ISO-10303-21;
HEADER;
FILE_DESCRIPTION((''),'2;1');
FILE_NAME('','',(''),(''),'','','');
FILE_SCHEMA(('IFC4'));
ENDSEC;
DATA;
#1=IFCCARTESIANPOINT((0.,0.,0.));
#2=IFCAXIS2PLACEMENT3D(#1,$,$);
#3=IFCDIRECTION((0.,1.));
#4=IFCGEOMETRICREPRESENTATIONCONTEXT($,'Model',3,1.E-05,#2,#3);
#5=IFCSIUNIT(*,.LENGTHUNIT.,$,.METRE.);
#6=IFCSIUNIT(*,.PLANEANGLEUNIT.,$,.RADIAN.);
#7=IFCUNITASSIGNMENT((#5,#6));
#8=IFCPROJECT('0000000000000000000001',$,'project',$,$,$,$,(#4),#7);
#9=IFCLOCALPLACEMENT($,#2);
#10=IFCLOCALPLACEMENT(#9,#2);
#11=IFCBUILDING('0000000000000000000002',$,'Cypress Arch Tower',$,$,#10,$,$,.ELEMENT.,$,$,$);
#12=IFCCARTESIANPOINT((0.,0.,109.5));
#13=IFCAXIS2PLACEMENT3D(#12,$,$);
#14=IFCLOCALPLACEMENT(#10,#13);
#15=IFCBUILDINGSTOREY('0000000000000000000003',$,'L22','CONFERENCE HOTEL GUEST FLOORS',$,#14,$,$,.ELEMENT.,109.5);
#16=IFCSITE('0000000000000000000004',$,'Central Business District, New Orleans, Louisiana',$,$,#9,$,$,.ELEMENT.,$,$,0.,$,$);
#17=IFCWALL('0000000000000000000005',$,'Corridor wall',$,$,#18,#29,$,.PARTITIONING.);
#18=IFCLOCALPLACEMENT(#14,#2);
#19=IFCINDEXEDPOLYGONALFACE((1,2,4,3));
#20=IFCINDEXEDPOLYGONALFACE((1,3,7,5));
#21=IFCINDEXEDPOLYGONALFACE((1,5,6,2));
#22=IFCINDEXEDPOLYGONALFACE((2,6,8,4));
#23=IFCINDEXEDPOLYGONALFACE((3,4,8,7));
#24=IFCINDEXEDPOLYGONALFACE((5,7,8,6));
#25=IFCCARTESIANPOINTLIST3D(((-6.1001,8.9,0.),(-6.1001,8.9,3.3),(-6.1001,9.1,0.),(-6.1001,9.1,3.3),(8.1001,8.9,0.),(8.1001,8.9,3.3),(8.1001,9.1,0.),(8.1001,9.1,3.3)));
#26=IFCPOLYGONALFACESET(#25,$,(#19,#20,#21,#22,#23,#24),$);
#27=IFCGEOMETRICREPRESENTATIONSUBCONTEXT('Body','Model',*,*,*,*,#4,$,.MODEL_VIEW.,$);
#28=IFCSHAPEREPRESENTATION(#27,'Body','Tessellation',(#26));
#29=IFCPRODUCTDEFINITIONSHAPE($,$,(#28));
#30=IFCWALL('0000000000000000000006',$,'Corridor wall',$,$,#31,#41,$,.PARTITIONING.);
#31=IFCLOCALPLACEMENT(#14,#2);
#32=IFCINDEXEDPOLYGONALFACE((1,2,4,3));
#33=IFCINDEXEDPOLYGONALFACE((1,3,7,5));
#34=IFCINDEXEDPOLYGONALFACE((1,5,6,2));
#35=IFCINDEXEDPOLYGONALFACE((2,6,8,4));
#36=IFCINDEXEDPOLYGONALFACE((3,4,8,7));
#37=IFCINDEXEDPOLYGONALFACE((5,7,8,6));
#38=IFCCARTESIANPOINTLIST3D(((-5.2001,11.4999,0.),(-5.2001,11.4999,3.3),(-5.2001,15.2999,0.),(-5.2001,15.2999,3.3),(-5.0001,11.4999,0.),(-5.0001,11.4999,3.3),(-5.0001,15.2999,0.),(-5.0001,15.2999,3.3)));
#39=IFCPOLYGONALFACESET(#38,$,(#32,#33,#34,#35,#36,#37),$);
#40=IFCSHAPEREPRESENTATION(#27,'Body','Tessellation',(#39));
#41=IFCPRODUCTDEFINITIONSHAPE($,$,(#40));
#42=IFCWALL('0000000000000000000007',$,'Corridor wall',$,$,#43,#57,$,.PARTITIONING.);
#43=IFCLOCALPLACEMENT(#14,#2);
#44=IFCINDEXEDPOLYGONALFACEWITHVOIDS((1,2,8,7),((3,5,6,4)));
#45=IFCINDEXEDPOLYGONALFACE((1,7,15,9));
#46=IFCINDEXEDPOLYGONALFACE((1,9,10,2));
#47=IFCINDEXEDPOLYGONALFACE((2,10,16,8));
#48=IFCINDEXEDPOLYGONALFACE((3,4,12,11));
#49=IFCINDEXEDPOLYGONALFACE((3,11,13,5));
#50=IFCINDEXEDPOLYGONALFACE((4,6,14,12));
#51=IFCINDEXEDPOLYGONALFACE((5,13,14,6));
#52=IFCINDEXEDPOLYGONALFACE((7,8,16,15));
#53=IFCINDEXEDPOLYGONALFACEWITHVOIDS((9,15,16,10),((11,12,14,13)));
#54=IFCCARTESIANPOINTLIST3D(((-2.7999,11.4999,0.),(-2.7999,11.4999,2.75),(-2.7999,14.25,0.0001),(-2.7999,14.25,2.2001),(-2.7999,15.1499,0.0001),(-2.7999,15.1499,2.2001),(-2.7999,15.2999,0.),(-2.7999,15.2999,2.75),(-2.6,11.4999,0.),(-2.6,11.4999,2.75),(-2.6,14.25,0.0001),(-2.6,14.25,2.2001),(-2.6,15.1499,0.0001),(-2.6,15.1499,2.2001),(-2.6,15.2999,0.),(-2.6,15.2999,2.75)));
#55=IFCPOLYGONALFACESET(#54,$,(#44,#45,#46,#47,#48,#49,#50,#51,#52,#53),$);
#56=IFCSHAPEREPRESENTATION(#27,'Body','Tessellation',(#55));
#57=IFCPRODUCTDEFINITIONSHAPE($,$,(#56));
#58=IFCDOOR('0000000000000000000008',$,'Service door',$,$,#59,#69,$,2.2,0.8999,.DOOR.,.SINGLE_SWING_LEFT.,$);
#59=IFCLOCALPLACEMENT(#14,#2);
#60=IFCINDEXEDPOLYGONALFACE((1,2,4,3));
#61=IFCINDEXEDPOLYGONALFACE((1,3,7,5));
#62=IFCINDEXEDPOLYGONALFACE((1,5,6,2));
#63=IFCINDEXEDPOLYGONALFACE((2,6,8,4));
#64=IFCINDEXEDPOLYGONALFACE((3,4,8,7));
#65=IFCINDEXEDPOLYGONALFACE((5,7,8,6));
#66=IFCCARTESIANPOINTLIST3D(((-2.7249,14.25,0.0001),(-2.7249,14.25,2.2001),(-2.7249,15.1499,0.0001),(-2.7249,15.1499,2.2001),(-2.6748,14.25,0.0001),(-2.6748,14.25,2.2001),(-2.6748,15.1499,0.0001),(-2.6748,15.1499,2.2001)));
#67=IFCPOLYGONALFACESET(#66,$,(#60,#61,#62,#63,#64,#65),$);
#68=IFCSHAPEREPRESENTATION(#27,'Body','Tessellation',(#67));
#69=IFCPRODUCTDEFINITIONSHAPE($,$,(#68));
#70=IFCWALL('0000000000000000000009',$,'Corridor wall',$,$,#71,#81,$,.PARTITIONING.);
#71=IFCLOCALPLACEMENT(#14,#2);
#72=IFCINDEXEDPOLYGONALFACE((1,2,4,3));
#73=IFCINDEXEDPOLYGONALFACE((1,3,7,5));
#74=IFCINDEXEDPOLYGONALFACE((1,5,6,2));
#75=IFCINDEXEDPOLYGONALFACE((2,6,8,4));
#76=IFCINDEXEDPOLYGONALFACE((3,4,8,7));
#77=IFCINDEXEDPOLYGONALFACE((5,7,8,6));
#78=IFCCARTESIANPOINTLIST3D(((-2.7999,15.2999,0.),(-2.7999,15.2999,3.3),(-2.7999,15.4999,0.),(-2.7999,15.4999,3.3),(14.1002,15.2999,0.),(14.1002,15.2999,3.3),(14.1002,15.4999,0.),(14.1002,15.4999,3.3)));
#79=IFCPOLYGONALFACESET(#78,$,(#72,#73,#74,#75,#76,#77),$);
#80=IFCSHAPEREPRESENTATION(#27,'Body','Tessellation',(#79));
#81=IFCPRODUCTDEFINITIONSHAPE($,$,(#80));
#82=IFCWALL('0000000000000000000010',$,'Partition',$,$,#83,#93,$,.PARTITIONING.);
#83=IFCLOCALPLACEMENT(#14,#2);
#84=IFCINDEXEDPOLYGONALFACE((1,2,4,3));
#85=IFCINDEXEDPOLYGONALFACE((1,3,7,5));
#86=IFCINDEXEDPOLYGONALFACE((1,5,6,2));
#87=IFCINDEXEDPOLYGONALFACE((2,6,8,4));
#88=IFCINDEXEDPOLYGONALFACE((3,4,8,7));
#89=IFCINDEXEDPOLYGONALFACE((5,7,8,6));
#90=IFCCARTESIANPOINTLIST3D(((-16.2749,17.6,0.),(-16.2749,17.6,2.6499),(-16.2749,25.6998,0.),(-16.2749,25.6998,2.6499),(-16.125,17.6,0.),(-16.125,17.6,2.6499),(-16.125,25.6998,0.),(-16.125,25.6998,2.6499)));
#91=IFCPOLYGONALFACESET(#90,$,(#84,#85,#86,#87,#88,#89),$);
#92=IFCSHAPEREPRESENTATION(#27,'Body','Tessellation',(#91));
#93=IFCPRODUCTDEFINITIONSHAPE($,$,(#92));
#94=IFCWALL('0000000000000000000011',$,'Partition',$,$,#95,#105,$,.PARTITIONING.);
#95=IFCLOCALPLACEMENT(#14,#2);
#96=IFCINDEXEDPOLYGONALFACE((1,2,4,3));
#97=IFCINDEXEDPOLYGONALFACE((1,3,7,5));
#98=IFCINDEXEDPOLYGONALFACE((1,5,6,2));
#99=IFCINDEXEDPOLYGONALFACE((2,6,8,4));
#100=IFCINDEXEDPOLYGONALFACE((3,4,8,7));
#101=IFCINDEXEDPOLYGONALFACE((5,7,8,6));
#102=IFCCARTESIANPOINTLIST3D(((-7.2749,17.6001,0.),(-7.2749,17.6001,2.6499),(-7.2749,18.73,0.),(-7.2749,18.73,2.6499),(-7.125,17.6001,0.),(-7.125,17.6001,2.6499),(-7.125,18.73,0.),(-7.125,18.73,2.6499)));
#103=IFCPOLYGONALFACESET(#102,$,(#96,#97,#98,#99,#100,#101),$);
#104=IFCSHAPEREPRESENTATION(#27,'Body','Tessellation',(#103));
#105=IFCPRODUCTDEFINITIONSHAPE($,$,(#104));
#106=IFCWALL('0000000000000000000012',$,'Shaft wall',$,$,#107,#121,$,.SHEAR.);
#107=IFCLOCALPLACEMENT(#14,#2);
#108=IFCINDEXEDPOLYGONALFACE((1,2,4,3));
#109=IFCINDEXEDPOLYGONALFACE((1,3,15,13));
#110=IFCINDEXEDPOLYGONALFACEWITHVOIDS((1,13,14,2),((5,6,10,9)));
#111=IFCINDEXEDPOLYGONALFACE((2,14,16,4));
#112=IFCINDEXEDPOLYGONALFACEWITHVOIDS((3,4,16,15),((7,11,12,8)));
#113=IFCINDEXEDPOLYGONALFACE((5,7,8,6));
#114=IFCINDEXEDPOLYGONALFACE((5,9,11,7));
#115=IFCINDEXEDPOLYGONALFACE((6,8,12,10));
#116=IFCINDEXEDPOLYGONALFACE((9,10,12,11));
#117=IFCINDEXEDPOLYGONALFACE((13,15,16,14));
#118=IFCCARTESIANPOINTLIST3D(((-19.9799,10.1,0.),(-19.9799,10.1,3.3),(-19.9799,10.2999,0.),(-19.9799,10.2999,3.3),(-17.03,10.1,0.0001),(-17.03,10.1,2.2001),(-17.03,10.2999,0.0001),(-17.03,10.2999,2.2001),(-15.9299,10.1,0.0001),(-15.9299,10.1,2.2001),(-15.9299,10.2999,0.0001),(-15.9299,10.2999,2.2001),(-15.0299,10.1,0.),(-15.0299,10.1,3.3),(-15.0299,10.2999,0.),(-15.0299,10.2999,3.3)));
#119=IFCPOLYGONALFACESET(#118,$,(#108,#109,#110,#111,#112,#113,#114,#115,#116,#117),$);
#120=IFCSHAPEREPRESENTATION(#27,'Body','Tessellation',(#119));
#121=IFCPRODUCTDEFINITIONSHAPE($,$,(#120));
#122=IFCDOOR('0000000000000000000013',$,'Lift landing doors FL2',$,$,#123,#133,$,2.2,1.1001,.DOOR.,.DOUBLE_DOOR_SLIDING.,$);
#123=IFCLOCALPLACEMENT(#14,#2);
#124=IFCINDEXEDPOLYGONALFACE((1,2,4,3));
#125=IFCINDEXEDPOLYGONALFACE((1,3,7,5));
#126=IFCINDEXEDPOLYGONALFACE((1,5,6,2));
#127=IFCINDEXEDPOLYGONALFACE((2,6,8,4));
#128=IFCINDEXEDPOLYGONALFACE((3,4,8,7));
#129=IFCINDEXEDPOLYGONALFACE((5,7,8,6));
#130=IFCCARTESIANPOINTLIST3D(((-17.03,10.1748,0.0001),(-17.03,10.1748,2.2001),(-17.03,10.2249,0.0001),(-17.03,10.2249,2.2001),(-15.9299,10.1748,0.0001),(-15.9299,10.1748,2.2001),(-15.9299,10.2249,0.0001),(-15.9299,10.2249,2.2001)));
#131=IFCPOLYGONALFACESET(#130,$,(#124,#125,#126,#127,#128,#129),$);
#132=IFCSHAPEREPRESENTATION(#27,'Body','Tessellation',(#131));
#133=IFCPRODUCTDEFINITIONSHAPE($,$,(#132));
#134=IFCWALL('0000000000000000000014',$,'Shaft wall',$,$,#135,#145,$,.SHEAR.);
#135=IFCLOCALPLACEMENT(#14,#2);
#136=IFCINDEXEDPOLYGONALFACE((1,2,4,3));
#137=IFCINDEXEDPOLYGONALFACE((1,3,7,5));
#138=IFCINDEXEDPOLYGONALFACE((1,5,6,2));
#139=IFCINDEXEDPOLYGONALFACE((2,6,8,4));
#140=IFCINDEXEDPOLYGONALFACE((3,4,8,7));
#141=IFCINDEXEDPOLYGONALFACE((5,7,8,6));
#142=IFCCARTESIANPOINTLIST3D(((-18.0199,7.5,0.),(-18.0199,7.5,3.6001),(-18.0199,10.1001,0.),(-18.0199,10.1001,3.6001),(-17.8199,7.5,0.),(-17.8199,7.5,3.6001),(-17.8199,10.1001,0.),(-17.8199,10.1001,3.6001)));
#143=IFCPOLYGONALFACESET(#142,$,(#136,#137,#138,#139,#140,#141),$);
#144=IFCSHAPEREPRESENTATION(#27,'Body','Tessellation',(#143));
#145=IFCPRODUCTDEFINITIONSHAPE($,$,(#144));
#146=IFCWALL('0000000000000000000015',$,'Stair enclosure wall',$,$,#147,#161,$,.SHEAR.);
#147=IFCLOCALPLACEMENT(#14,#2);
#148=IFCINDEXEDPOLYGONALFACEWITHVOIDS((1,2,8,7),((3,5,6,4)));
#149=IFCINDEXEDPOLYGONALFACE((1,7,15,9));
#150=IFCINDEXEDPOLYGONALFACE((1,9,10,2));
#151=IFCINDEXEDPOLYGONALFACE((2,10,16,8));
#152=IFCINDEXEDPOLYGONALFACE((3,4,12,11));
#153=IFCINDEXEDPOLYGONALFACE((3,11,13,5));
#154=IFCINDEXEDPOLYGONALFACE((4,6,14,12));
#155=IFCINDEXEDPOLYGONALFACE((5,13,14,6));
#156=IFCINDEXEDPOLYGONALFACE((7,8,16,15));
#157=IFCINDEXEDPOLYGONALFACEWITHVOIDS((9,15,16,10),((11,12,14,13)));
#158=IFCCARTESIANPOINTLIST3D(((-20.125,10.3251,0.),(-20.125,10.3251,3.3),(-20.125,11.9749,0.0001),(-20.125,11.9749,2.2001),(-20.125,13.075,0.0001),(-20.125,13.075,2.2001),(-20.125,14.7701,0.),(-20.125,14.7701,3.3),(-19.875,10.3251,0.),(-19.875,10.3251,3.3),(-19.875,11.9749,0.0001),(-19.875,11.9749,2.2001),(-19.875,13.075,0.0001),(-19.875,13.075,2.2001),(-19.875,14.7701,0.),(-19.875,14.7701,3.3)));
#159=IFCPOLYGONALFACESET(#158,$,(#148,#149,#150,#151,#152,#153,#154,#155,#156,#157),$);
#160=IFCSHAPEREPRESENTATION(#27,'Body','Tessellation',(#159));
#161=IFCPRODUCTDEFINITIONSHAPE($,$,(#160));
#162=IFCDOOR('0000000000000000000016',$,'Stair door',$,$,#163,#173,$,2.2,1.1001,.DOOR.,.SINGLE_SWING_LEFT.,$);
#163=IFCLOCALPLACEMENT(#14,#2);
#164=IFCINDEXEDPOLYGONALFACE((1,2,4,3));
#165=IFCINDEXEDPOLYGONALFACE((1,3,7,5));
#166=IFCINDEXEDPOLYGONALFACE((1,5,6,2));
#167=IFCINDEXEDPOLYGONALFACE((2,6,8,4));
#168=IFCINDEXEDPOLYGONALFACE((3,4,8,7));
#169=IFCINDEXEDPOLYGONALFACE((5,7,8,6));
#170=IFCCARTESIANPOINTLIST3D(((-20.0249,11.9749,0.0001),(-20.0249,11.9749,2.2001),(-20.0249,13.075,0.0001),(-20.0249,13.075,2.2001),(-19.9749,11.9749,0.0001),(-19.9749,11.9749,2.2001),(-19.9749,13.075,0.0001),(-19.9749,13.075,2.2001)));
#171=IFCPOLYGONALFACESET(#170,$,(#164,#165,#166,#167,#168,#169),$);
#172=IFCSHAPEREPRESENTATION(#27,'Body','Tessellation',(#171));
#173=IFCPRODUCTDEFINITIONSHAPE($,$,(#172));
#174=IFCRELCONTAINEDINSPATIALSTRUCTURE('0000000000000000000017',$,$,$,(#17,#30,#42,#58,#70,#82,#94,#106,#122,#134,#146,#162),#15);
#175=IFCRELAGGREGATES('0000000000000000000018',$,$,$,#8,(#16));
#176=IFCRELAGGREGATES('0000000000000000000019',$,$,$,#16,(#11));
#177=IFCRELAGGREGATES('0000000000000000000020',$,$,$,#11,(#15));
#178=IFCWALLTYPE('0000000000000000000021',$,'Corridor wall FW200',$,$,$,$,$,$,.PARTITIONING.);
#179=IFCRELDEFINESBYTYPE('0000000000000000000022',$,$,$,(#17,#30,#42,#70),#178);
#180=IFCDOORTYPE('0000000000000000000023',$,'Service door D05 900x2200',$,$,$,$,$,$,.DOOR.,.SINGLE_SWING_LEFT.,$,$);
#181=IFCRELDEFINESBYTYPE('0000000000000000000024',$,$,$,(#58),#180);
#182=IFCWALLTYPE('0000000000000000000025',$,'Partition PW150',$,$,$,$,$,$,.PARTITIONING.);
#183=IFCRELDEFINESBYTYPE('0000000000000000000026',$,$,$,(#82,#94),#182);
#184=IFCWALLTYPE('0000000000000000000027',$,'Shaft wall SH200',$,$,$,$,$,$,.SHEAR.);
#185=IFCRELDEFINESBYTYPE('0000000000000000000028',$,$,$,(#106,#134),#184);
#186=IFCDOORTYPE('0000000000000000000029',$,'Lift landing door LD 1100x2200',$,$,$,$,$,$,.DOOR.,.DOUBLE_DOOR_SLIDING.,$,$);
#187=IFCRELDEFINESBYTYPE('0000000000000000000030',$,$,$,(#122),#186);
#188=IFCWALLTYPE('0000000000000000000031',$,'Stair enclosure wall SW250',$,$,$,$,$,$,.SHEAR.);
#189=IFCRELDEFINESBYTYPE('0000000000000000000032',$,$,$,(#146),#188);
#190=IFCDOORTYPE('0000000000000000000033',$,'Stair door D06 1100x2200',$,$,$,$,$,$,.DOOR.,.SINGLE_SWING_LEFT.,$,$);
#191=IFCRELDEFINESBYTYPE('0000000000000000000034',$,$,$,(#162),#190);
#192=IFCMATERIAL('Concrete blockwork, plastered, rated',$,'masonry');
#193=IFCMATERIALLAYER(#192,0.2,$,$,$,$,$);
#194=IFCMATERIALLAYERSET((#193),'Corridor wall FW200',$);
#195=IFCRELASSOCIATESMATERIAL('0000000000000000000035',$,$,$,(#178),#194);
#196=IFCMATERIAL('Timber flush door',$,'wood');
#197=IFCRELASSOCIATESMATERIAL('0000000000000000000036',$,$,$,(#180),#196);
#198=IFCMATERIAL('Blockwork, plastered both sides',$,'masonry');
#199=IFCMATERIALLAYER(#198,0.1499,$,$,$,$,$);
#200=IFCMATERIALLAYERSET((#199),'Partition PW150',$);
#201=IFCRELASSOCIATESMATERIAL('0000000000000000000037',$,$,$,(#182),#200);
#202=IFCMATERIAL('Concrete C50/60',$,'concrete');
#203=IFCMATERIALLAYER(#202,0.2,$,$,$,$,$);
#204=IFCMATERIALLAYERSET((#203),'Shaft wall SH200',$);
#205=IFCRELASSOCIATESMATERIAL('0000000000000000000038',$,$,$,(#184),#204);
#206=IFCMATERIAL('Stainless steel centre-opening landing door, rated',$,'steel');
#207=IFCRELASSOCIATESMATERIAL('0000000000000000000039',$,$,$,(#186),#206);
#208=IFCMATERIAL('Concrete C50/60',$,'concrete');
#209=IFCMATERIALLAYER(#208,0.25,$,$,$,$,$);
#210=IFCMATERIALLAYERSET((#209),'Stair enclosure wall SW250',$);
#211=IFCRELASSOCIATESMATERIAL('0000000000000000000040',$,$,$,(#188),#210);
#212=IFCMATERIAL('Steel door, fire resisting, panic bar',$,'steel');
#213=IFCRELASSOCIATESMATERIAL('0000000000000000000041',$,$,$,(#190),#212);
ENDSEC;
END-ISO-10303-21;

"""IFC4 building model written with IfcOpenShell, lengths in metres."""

from ifc_helpers import new_model, si_unit, direction, frame, frame_2d, origin, place, context, subcontext, project, spatial, rectangle, extrude, material, layer, layer_set, type_object, element, fill, save


model = new_model("IFC4")

# Units and contexts
model_context = context("Model", 3, precision=1e-05, world=origin(), true_north=direction((0.0, 1.0)))
body_context = subcontext(model_context, "Body", "Model", "MODEL_VIEW")
ifc_project = project(units=[si_unit("LENGTHUNIT", "METRE"), si_unit("PLANEANGLEUNIT", "RADIAN")], contexts=[model_context])

# Site, building, storey
site_placement = place(None, origin())
site = spatial("IfcSite", under=ifc_project, at=site_placement, Name="Central Business District, New Orleans, Louisiana", CompositionType="ELEMENT", RefElevation=0.0)
building_placement = place(site_placement, origin())
building = spatial("IfcBuilding", under=site, at=building_placement, Name="Cypress Arch Tower", CompositionType="ELEMENT")
storey_placement = place(building_placement, frame((0.0, 0.0, 109.5)))
storey = spatial("IfcBuildingStorey", under=building, at=storey_placement, Name="L22", Description="CONFERENCE HOTEL GUEST FLOORS", CompositionType="ELEMENT", Elevation=109.5)

# Shared definitions
ifc_material_1 = material(Name="Concrete blockwork, plastered, rated", Category="masonry")
ifc_layer_1 = layer(ifc_material_1, 0.2)
ifc_layer_set_1 = layer_set([ifc_layer_1], Name="Corridor wall FW200")
wall_type_1 = type_object("IfcWallType", Name="Corridor wall FW200", PredefinedType="PARTITIONING", material=ifc_layer_set_1)

# Walls
wall_1_placement = place(storey_placement, frame((-6.1001, 9.0, 0.0), z_axis=(0.0, 0.0, 1.0), x_axis=(1.0, 0.0, 0.0)))
element("IfcWall", 1, at=wall_1_placement, inside=storey, type_object=wall_type_1, Name="Corridor wall", PredefinedType="PARTITIONING", context=body_context, shape_type="SweptSolid", body=[
    extrude(rectangle(XDim=14.2002, YDim=0.2, at=frame_2d((7.1001, 0.0))), origin(), (0.0, 0.0, 1.0), 3.3),
])
wall_2_placement = place(storey_placement, frame((-5.1001, 11.5, 0.0), z_axis=(0.0, 0.0, 1.0), x_axis=(0.0, 1.0, 0.0)))
element("IfcWall", 2, at=wall_2_placement, inside=storey, type_object=wall_type_1, Name="Corridor wall", PredefinedType="PARTITIONING", context=body_context, shape_type="SweptSolid", body=[
    extrude(rectangle(XDim=3.8, YDim=0.2, at=frame_2d((1.8999, 0.0))), origin(), (0.0, 0.0, 1.0), 3.3),
])

# Wall, opening, door
wall_3_placement = place(storey_placement, frame((-2.7, 11.5, 0.0), z_axis=(0.0, 0.0, 1.0), x_axis=(0.0, 1.0, 0.0)))
wall_3 = element("IfcWall", 3, at=wall_3_placement, inside=storey, type_object=wall_type_1, Name="Corridor wall", PredefinedType="PARTITIONING", context=body_context, shape_type="SweptSolid", body=[
    extrude(rectangle(XDim=3.8, YDim=0.2, at=frame_2d((1.8999, 0.0))), origin(), (0.0, 0.0, 1.0), 2.75),
])
opening_1_placement = place(wall_3_placement, frame((2.75, 0.0, 0.0)))
opening_1 = element("IfcOpeningElement", 4, at=opening_1_placement, cuts=wall_3, PredefinedType="OPENING", context=body_context, shape_type="SweptSolid", body=[
    extrude(rectangle(XDim=0.8999, YDim=2.2, at=frame_2d((0.45, 1.1001))), frame((0.0, 0.1099, 0.0), z_axis=(0.0, -1.0, 0.0), x_axis=(1.0, 0.0, 0.0)), (0.0, 0.0, 1.0), 0.22),
])
ifc_material_2 = material(Name="Timber flush door", Category="wood")
door_type_1 = type_object("IfcDoorType", Name="Service door D05 900x2200", OperationType="SINGLE_SWING_LEFT", PredefinedType="DOOR", material=ifc_material_2)
door_1_placement = place(opening_1_placement, origin())
door_1 = element("IfcDoor", 5, at=door_1_placement, inside=storey, type_object=door_type_1, Name="Service door", OperationType="SINGLE_SWING_LEFT", OverallHeight=2.2, OverallWidth=0.8999, PredefinedType="DOOR", context=body_context, shape_type="SweptSolid", body=[
    extrude(rectangle(XDim=0.8999, YDim=2.2, at=frame_2d((0.45, 1.1001))), frame((0.0, 0.0249, 0.0), z_axis=(0.0, -1.0, 0.0), x_axis=(1.0, 0.0, 0.0)), (0.0, 0.0, 1.0), 0.05),
])
fill(opening_1, door_1)

# Walls
wall_4_placement = place(storey_placement, frame((-2.8, 15.3999, 0.0), z_axis=(0.0, 0.0, 1.0), x_axis=(1.0, 0.0, 0.0)))
element("IfcWall", 6, at=wall_4_placement, inside=storey, type_object=wall_type_1, Name="Corridor wall", PredefinedType="PARTITIONING", context=body_context, shape_type="SweptSolid", body=[
    extrude(rectangle(XDim=16.9001, YDim=0.2, at=frame_2d((8.4502, 0.0))), origin(), (0.0, 0.0, 1.0), 3.3),
])
ifc_material_3 = material(Name="Blockwork, plastered both sides", Category="masonry")
ifc_layer_2 = layer(ifc_material_3, 0.1499)
ifc_layer_set_2 = layer_set([ifc_layer_2], Name="Partition PW150")
wall_type_2 = type_object("IfcWallType", Name="Partition PW150", PredefinedType="PARTITIONING", material=ifc_layer_set_2)
wall_5_placement = place(storey_placement, frame((-16.2, 17.6001, 0.0), z_axis=(0.0, 0.0, 1.0), x_axis=(0.0, 1.0, 0.0)))
element("IfcWall", 7, at=wall_5_placement, inside=storey, type_object=wall_type_2, Name="Partition", PredefinedType="PARTITIONING", context=body_context, shape_type="SweptSolid", body=[
    extrude(rectangle(XDim=8.0999, YDim=0.1499, at=frame_2d((4.0498, 0.0))), origin(), (0.0, 0.0, 1.0), 2.6499),
])
wall_6_placement = place(storey_placement, frame((-7.2, 17.6001, 0.0), z_axis=(0.0, 0.0, 1.0), x_axis=(0.0, 1.0, 0.0)))
element("IfcWall", 8, at=wall_6_placement, inside=storey, type_object=wall_type_2, Name="Partition", PredefinedType="PARTITIONING", context=body_context, shape_type="SweptSolid", body=[
    extrude(rectangle(XDim=1.1299, YDim=0.1499, at=frame_2d((0.5649, 0.0))), origin(), (0.0, 0.0, 1.0), 2.6499),
])

# Wall, opening, door
ifc_material_4 = material(Name="Concrete C50/60", Category="concrete")
ifc_layer_3 = layer(ifc_material_4, 0.2)
ifc_layer_set_3 = layer_set([ifc_layer_3], Name="Shaft wall SH200")
wall_type_3 = type_object("IfcWallType", Name="Shaft wall SH200", PredefinedType="SHEAR", material=ifc_layer_set_3)
wall_7_placement = place(storey_placement, frame((-19.98, 10.2, 0.0), z_axis=(0.0, 0.0, 1.0), x_axis=(1.0, 0.0, 0.0)))
wall_7 = element("IfcWall", 9, at=wall_7_placement, inside=storey, type_object=wall_type_3, Name="Shaft wall", PredefinedType="SHEAR", context=body_context, shape_type="SweptSolid", body=[
    extrude(rectangle(XDim=4.95, YDim=0.2, at=frame_2d((2.4751, 0.0))), origin(), (0.0, 0.0, 1.0), 3.3),
])
opening_2_placement = place(wall_7_placement, frame((2.95, 0.0, 0.0)))
opening_2 = element("IfcOpeningElement", 10, at=opening_2_placement, cuts=wall_7, PredefinedType="OPENING", context=body_context, shape_type="SweptSolid", body=[
    extrude(rectangle(XDim=1.1001, YDim=2.2, at=frame_2d((0.55, 1.1001))), frame((0.0, 0.1099, 0.0), z_axis=(0.0, -1.0, 0.0), x_axis=(1.0, 0.0, 0.0)), (0.0, 0.0, 1.0), 0.22),
])
ifc_material_5 = material(Name="Stainless steel centre-opening landing door, rated", Category="steel")
door_type_2 = type_object("IfcDoorType", Name="Lift landing door LD 1100x2200", OperationType="DOUBLE_DOOR_SLIDING", PredefinedType="DOOR", material=ifc_material_5)
door_2_placement = place(opening_2_placement, origin())
door_2 = element("IfcDoor", 11, at=door_2_placement, inside=storey, type_object=door_type_2, Name="Lift landing doors FL2", OperationType="DOUBLE_DOOR_SLIDING", OverallHeight=2.2, OverallWidth=1.1001, PredefinedType="DOOR", context=body_context, shape_type="SweptSolid", body=[
    extrude(rectangle(XDim=1.1001, YDim=2.2, at=frame_2d((0.55, 1.1001))), frame((0.0, 0.0249, 0.0), z_axis=(0.0, -1.0, 0.0), x_axis=(1.0, 0.0, 0.0)), (0.0, 0.0, 1.0), 0.05),
])
fill(opening_2, door_2)

# Wall
wall_8_placement = place(storey_placement, frame((-17.9199, 7.5, 0.0), z_axis=(0.0, 0.0, 1.0), x_axis=(0.0, 1.0, 0.0)))
element("IfcWall", 12, at=wall_8_placement, inside=storey, type_object=wall_type_3, Name="Shaft wall", PredefinedType="SHEAR", context=body_context, shape_type="SweptSolid", body=[
    extrude(rectangle(XDim=2.6001, YDim=0.2, at=frame_2d((1.3, 0.0))), origin(), (0.0, 0.0, 1.0), 3.6001),
])

# Wall, opening, door
ifc_material_6 = material(Name="Concrete C50/60", Category="concrete")
ifc_layer_4 = layer(ifc_material_6, 0.25)
ifc_layer_set_4 = layer_set([ifc_layer_4], Name="Stair enclosure wall SW250")
wall_type_4 = type_object("IfcWallType", Name="Stair enclosure wall SW250", PredefinedType="SHEAR", material=ifc_layer_set_4)
wall_9_placement = place(storey_placement, frame((-20.0, 10.325, 0.0), z_axis=(0.0, 0.0, 1.0), x_axis=(0.0, 1.0, 0.0)))
wall_9 = element("IfcWall", 13, at=wall_9_placement, inside=storey, type_object=wall_type_4, Name="Stair enclosure wall", PredefinedType="SHEAR", context=body_context, shape_type="SweptSolid", body=[
    extrude(rectangle(XDim=4.4451, YDim=0.25, at=frame_2d((2.2227, 0.0))), origin(), (0.0, 0.0, 1.0), 3.3),
])
opening_3_placement = place(wall_9_placement, frame((1.6499, 0.0, 0.0)))
opening_3 = element("IfcOpeningElement", 14, at=opening_3_placement, cuts=wall_9, PredefinedType="OPENING", context=body_context, shape_type="SweptSolid", body=[
    extrude(rectangle(XDim=1.1001, YDim=2.2, at=frame_2d((0.55, 1.1001))), frame((0.0, 0.135, 0.0), z_axis=(0.0, -1.0, 0.0), x_axis=(1.0, 0.0, 0.0)), (0.0, 0.0, 1.0), 0.27),
])
ifc_material_7 = material(Name="Steel door, fire resisting, panic bar", Category="steel")
door_type_3 = type_object("IfcDoorType", Name="Stair door D06 1100x2200", OperationType="SINGLE_SWING_LEFT", PredefinedType="DOOR", material=ifc_material_7)
door_3_placement = place(opening_3_placement, origin())
door_3 = element("IfcDoor", 15, at=door_3_placement, inside=storey, type_object=door_type_3, Name="Stair door", OperationType="SINGLE_SWING_LEFT", OverallHeight=2.2, OverallWidth=1.1001, PredefinedType="DOOR", context=body_context, shape_type="SweptSolid", body=[
    extrude(rectangle(XDim=1.1001, YDim=2.2, at=frame_2d((0.55, 1.1001))), frame((0.0, 0.0249, 0.0), z_axis=(0.0, -1.0, 0.0), x_axis=(1.0, 0.0, 0.0)), (0.0, 0.0, 1.0), 0.05),
])
fill(opening_3, door_3)

save(model, "model.ifc")
